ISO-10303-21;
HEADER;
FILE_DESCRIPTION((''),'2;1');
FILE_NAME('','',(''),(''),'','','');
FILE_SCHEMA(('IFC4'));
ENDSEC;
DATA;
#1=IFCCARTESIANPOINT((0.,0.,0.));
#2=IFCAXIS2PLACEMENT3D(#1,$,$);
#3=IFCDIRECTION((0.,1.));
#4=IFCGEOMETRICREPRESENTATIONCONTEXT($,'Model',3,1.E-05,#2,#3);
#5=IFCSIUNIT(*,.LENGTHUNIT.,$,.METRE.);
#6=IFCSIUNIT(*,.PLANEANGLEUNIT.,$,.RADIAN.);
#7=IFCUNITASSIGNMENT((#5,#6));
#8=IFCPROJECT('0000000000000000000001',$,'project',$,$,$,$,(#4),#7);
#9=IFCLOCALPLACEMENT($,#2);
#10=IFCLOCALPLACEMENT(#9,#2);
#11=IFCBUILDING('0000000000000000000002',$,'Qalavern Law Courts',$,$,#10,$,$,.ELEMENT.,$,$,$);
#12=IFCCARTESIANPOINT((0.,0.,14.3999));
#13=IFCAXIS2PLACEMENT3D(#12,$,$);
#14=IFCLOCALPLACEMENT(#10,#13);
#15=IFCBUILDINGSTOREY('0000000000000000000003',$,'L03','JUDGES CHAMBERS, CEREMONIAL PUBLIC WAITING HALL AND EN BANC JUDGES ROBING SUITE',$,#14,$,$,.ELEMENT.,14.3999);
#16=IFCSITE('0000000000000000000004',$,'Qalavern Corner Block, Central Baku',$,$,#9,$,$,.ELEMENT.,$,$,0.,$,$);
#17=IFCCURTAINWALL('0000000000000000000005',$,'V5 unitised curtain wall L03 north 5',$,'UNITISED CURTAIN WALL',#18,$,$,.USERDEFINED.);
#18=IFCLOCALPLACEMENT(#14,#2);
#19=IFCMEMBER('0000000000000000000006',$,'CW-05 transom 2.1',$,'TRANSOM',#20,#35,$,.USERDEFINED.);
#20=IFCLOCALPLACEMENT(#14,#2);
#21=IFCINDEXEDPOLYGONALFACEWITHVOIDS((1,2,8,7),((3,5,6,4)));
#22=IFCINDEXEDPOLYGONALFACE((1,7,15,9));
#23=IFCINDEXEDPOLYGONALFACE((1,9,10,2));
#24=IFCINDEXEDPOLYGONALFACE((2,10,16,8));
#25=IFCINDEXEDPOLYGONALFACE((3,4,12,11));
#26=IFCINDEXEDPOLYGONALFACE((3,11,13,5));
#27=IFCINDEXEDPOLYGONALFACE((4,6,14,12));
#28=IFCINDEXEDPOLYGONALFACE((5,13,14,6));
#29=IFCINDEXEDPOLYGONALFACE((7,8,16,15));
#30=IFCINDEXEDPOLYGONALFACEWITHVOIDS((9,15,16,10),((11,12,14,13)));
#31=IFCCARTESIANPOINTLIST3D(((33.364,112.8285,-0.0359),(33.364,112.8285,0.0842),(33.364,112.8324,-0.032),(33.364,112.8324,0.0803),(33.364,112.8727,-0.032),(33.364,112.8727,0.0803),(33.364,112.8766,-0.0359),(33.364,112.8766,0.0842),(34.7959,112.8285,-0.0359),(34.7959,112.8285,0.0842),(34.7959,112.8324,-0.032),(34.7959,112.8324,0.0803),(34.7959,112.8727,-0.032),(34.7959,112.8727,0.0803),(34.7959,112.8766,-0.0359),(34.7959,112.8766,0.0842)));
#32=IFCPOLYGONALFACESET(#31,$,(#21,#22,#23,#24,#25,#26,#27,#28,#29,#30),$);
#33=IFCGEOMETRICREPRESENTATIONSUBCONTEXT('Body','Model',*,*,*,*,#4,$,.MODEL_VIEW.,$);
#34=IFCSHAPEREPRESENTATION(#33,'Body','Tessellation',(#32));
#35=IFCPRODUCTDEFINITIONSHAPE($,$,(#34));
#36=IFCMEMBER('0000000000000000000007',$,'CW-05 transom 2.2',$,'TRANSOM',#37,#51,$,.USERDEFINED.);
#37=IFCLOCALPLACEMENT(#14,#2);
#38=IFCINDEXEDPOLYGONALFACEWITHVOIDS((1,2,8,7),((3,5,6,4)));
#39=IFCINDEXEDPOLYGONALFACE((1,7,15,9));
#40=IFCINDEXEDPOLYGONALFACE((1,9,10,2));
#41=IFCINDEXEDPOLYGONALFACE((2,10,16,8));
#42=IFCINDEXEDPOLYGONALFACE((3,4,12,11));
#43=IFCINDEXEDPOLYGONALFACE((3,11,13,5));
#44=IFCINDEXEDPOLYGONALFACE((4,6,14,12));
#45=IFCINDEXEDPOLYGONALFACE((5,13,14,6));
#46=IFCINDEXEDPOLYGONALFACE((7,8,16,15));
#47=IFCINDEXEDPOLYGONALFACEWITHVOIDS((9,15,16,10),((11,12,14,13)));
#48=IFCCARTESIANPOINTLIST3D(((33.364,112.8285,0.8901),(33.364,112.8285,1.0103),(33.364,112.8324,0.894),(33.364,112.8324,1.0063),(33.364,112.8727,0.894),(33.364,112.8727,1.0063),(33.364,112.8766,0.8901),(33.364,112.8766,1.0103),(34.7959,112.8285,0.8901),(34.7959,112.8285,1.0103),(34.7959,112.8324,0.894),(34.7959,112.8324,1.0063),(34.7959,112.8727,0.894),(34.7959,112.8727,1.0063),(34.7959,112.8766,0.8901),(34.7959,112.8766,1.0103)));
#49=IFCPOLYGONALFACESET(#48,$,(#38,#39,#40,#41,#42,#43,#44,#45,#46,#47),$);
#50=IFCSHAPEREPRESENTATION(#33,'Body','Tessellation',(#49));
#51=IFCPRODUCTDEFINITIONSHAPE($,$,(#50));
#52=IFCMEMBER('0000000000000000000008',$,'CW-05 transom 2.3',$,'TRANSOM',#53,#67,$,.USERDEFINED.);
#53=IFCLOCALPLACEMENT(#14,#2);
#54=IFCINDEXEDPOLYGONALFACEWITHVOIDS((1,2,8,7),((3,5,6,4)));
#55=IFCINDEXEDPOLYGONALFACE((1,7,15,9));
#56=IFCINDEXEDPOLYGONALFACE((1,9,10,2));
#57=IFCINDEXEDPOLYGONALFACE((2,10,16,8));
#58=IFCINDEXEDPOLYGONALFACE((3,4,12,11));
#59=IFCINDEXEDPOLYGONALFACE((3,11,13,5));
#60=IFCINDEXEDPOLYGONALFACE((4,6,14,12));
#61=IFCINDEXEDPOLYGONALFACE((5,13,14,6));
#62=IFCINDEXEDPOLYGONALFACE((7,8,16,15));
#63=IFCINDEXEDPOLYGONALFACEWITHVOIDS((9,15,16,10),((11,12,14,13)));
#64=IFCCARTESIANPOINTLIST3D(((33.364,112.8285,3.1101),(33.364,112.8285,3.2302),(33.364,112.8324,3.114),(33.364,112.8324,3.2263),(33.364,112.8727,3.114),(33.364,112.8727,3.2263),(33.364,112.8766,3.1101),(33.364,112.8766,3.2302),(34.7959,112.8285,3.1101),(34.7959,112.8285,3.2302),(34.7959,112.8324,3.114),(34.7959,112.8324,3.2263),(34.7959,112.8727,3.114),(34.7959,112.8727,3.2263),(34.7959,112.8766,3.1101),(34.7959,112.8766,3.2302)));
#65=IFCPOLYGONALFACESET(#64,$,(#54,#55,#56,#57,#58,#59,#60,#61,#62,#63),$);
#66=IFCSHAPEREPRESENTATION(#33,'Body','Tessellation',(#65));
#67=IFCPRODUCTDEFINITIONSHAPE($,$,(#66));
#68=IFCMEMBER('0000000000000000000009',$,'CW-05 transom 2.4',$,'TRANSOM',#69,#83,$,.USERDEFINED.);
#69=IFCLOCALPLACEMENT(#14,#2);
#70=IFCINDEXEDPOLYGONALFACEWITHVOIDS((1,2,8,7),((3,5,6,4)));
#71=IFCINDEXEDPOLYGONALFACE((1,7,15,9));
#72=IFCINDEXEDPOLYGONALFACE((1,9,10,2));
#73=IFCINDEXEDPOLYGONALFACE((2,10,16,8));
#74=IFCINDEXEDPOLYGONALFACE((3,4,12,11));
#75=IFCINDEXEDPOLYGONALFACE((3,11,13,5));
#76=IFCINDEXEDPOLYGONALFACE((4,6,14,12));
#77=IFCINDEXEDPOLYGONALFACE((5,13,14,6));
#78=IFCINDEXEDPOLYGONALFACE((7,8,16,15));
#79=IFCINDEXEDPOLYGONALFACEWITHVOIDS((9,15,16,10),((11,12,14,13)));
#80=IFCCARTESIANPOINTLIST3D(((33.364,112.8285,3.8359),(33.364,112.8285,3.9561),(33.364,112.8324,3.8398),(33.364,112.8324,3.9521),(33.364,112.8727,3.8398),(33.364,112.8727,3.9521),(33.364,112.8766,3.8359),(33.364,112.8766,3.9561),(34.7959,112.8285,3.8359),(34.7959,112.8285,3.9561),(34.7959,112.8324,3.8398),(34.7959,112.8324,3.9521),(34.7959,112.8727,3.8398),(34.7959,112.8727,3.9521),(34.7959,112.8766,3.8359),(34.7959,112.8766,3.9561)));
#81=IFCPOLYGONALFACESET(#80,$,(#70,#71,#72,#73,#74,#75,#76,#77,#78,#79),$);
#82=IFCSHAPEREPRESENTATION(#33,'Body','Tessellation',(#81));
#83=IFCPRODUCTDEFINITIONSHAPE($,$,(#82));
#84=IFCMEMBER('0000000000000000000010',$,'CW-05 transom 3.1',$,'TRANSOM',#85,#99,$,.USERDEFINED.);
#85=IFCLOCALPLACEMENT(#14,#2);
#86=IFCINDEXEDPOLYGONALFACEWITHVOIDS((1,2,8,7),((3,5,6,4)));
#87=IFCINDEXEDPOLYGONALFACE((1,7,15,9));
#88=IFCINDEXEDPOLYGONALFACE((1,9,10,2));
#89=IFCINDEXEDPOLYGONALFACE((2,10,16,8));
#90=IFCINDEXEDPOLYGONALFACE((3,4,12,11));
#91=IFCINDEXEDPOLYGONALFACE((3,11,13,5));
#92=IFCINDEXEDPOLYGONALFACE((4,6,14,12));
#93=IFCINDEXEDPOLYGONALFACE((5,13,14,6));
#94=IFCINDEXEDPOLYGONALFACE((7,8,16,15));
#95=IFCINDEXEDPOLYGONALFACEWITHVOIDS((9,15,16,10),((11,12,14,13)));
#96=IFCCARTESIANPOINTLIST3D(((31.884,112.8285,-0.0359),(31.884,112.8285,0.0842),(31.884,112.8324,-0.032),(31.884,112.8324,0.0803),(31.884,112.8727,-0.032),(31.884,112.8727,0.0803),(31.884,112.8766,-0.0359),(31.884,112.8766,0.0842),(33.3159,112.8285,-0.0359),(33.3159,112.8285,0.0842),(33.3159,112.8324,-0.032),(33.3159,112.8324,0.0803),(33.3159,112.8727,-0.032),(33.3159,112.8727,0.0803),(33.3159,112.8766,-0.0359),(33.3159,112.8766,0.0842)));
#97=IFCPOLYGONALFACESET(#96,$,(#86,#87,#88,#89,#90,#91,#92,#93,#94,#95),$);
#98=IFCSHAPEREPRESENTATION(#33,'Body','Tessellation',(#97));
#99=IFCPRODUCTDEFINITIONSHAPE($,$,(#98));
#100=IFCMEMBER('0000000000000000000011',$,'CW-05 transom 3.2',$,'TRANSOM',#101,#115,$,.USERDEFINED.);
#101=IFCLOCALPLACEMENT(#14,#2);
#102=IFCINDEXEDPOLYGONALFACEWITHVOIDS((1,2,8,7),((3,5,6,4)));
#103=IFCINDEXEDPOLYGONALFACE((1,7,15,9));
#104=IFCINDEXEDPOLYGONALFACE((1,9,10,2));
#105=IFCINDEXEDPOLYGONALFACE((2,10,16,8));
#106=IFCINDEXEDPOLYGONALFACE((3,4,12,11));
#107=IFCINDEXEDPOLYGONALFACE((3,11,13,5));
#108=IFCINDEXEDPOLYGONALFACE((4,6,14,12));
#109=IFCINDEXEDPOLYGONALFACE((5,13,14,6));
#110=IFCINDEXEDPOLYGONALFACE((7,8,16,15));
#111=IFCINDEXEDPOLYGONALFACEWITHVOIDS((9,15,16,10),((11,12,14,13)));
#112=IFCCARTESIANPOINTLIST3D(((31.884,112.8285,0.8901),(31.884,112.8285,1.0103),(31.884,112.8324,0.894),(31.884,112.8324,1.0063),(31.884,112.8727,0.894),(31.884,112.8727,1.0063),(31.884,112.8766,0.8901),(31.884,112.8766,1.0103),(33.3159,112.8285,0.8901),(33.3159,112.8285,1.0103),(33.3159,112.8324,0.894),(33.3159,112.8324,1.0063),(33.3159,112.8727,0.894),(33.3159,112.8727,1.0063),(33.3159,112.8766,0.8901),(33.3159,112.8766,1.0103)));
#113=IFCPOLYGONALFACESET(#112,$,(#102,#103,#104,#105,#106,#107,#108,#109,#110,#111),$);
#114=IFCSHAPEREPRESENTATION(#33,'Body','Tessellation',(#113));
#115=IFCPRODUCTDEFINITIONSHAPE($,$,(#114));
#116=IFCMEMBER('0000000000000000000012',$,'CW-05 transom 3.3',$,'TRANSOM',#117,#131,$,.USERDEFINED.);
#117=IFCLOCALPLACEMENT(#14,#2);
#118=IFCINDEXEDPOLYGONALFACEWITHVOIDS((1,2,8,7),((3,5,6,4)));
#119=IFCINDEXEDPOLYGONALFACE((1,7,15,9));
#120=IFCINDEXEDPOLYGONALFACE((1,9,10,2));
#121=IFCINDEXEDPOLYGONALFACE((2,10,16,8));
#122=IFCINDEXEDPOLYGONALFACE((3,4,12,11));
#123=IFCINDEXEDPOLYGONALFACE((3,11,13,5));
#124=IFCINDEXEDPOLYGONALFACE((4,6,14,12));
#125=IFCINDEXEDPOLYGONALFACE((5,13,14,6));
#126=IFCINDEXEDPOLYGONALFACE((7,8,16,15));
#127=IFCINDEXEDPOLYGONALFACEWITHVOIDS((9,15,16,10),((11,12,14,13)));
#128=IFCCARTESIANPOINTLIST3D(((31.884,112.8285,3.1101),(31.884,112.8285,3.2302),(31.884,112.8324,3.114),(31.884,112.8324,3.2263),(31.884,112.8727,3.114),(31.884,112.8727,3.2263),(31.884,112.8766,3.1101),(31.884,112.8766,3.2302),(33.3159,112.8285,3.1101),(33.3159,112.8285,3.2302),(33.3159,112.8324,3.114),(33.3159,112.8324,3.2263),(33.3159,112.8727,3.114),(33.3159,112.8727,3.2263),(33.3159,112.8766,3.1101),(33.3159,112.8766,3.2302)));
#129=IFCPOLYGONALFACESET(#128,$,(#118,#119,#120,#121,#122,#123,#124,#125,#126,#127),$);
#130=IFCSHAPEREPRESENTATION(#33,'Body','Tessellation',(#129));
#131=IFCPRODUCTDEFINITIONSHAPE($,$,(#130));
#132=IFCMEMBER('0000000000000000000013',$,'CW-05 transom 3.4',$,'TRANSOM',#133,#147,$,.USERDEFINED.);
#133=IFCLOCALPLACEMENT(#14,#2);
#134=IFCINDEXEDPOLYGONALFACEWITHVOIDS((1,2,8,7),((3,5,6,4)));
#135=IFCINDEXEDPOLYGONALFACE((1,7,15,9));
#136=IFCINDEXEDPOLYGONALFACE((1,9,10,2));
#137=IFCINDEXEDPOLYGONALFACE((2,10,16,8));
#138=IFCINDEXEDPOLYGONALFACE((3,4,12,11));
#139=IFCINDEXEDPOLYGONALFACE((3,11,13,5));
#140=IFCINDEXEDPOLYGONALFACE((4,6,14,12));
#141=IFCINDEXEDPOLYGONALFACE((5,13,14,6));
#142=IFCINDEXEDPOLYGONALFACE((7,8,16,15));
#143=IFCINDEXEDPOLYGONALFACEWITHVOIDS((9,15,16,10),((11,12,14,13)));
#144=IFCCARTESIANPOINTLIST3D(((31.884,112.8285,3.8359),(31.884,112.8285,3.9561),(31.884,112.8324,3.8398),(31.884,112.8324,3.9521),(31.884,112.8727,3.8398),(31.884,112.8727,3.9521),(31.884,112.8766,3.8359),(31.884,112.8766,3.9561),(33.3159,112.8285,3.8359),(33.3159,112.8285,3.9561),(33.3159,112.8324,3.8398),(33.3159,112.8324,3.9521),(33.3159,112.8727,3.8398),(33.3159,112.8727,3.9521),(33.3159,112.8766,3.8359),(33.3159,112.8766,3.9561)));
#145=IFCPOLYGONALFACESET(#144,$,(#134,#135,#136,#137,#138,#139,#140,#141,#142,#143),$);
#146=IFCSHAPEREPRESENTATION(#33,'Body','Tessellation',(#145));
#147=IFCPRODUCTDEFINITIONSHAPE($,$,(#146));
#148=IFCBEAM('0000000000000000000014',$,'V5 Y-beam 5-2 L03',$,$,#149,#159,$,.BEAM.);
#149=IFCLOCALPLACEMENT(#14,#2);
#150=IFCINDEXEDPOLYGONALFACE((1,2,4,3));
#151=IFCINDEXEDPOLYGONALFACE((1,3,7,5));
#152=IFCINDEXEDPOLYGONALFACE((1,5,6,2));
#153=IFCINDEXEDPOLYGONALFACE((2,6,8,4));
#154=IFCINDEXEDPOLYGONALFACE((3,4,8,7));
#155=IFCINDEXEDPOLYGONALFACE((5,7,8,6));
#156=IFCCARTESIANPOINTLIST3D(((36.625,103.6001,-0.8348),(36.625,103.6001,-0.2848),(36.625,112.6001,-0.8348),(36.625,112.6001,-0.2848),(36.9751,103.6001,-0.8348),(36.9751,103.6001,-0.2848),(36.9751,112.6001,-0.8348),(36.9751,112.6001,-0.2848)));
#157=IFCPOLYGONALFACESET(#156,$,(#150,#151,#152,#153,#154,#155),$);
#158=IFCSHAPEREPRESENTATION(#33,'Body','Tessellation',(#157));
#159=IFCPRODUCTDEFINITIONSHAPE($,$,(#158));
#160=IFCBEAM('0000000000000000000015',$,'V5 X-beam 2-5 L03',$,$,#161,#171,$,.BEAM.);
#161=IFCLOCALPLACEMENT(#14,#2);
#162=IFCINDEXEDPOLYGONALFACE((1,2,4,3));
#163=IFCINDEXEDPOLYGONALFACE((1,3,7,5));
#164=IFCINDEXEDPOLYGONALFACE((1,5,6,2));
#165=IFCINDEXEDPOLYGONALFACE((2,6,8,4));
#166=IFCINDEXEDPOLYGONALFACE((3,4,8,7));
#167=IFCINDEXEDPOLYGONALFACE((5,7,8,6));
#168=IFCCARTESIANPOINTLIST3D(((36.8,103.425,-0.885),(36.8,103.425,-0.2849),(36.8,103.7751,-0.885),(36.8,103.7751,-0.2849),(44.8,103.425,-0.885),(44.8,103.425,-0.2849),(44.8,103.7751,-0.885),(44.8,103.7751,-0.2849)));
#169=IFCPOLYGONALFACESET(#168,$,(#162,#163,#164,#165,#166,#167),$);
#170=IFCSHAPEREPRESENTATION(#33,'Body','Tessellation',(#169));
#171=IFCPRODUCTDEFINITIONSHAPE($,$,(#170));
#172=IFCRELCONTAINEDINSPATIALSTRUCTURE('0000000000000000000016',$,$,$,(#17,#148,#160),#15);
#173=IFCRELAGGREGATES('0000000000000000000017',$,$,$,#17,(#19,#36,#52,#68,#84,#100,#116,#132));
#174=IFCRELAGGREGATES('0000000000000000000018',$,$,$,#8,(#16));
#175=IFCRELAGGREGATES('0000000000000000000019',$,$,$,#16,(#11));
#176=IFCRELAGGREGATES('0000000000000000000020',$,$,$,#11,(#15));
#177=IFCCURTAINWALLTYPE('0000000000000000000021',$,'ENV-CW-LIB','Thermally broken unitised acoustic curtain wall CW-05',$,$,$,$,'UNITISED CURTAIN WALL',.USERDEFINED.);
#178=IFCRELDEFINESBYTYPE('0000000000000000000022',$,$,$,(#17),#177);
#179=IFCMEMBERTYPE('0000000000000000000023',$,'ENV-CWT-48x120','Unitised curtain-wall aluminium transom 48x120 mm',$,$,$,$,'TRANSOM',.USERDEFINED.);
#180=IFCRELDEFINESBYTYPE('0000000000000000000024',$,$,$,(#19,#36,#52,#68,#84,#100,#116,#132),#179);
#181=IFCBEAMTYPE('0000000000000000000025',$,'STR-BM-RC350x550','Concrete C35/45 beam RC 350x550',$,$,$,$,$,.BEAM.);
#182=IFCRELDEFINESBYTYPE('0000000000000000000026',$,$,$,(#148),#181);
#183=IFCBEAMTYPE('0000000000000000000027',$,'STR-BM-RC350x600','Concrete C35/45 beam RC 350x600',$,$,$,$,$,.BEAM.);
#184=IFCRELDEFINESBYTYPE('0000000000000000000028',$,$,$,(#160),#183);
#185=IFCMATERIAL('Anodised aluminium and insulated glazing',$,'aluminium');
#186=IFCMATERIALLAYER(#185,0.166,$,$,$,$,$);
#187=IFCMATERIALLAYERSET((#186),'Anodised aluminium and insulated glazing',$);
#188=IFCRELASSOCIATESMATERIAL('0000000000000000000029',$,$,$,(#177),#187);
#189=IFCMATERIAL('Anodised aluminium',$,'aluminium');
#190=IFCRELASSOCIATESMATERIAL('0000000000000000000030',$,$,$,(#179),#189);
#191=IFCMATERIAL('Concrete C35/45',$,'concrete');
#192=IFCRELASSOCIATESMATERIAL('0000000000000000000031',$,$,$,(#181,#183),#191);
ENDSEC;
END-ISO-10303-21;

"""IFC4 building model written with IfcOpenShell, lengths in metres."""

from ifc_helpers import new_model, si_unit, direction, frame, origin, origin_2d, place, context, subcontext, project, spatial, rectangle, hollow_rectangle, extrude, material, layer, layer_set, material_profile, profile_set, type_object, element, aggregate, save


model = new_model("IFC4")

# Units and contexts
model_context = context("Model", 3, precision=1e-05, world=origin(), true_north=direction((0.0, 1.0)))
body_context = subcontext(model_context, "Body", "Model", "MODEL_VIEW")
ifc_project = project(units=[si_unit("LENGTHUNIT", "METRE"), si_unit("PLANEANGLEUNIT", "RADIAN")], contexts=[model_context])

# Site, building, storey
site_placement = place(None, origin())
site = spatial("IfcSite", under=ifc_project, at=site_placement, Name="Qalavern Corner Block, Central Baku", CompositionType="ELEMENT", RefElevation=0.0)
building_placement = place(site_placement, origin())
building = spatial("IfcBuilding", under=site, at=building_placement, Name="Qalavern Law Courts", CompositionType="ELEMENT")
storey_placement = place(building_placement, frame((0.0, 0.0, 14.3999)))
storey = spatial("IfcBuildingStorey", under=building, at=storey_placement, Name="L03", Description="JUDGES CHAMBERS, CEREMONIAL PUBLIC WAITING HALL AND EN BANC JUDGES ROBING SUITE", CompositionType="ELEMENT", Elevation=14.3999)

# Shared definitions
ifc_material_1 = material(Name="Anodised aluminium and insulated glazing", Category="aluminium")
ifc_layer_1 = layer(ifc_material_1, 0.166)
ifc_layer_set_1 = layer_set([ifc_layer_1], Name="Anodised aluminium and insulated glazing")
curtain_wall_type = type_object("IfcCurtainWallType", Name="ENV-CW-LIB", Description="Thermally broken unitised acoustic curtain wall CW-05", ElementType="UNITISED CURTAIN WALL", PredefinedType="USERDEFINED", material=ifc_layer_set_1)
ifc_material_2 = material(Name="Anodised aluminium", Category="aluminium")

# Curtain wall
curtain_wall_1_placement = place(storey_placement, origin())
curtain_wall_1 = element("IfcCurtainWall", 1, at=curtain_wall_1_placement, inside=storey, type_object=curtain_wall_type, Name="V5 unitised curtain wall L03 north 5", ObjectType="UNITISED CURTAIN WALL", PredefinedType="USERDEFINED")

# Members
ifc_material_profile_1 = material_profile(ifc_material_2, hollow_rectangle(XDim=0.0481, YDim=0.1201, WallThickness=0.0039, at=origin_2d()), Name="ALU TRANSOM 48x120")
ifc_profile_set_1 = profile_set([ifc_material_profile_1], Name="Anodised aluminium")
member_type_1 = type_object("IfcMemberType", Name="ENV-CWT-48x120", Description="Unitised curtain-wall aluminium transom 48x120 mm", ElementType="TRANSOM", PredefinedType="USERDEFINED", material=ifc_profile_set_1)
member_1_placement = place(storey_placement, frame((34.7959, 112.8525, 0.0242), z_axis=(-1.0, 0.0, 0.0), x_axis=(0.0, -1.0, 0.0)))
member_1 = element("IfcMember", 2, at=member_1_placement, type_object=member_type_1, Name="CW-05 transom 2.1", ObjectType="TRANSOM", PredefinedType="USERDEFINED", context=body_context, shape_type="SweptSolid", body=[
    extrude(hollow_rectangle(XDim=0.0481, YDim=0.1201, WallThickness=0.0039, at=origin_2d()), origin(), (0.0, 0.0, 1.0), 1.4319),
])
member_2_placement = place(storey_placement, frame((34.7959, 112.8525, 0.9502), z_axis=(-1.0, 0.0, 0.0), x_axis=(0.0, -1.0, 0.0)))
member_2 = element("IfcMember", 3, at=member_2_placement, type_object=member_type_1, Name="CW-05 transom 2.2", ObjectType="TRANSOM", PredefinedType="USERDEFINED", context=body_context, shape_type="SweptSolid", body=[
    extrude(hollow_rectangle(XDim=0.0481, YDim=0.1201, WallThickness=0.0039, at=origin_2d()), origin(), (0.0, 0.0, 1.0), 1.4319),
])
member_3_placement = place(storey_placement, frame((34.7959, 112.8525, 3.1702), z_axis=(-1.0, 0.0, 0.0), x_axis=(0.0, -1.0, 0.0)))
member_3 = element("IfcMember", 4, at=member_3_placement, type_object=member_type_1, Name="CW-05 transom 2.3", ObjectType="TRANSOM", PredefinedType="USERDEFINED", context=body_context, shape_type="SweptSolid", body=[
    extrude(hollow_rectangle(XDim=0.0481, YDim=0.1201, WallThickness=0.0039, at=origin_2d()), origin(), (0.0, 0.0, 1.0), 1.4319),
])
member_4_placement = place(storey_placement, frame((34.7959, 112.8525, 3.896), z_axis=(-1.0, 0.0, 0.0), x_axis=(0.0, -1.0, 0.0)))
member_4 = element("IfcMember", 5, at=member_4_placement, type_object=member_type_1, Name="CW-05 transom 2.4", ObjectType="TRANSOM", PredefinedType="USERDEFINED", context=body_context, shape_type="SweptSolid", body=[
    extrude(hollow_rectangle(XDim=0.0481, YDim=0.1201, WallThickness=0.0039, at=origin_2d()), origin(), (0.0, 0.0, 1.0), 1.4319),
])
member_5_placement = place(storey_placement, frame((33.3159, 112.8525, 0.0242), z_axis=(-1.0, 0.0, 0.0), x_axis=(0.0, -1.0, 0.0)))
member_5 = element("IfcMember", 6, at=member_5_placement, type_object=member_type_1, Name="CW-05 transom 3.1", ObjectType="TRANSOM", PredefinedType="USERDEFINED", context=body_context, shape_type="SweptSolid", body=[
    extrude(hollow_rectangle(XDim=0.0481, YDim=0.1201, WallThickness=0.0039, at=origin_2d()), origin(), (0.0, 0.0, 1.0), 1.4319),
])
member_6_placement = place(storey_placement, frame((33.3159, 112.8525, 0.9502), z_axis=(-1.0, 0.0, 0.0), x_axis=(0.0, -1.0, 0.0)))
member_6 = element("IfcMember", 7, at=member_6_placement, type_object=member_type_1, Name="CW-05 transom 3.2", ObjectType="TRANSOM", PredefinedType="USERDEFINED", context=body_context, shape_type="SweptSolid", body=[
    extrude(hollow_rectangle(XDim=0.0481, YDim=0.1201, WallThickness=0.0039, at=origin_2d()), origin(), (0.0, 0.0, 1.0), 1.4319),
])
member_7_placement = place(storey_placement, frame((33.3159, 112.8525, 3.1702), z_axis=(-1.0, 0.0, 0.0), x_axis=(0.0, -1.0, 0.0)))
member_7 = element("IfcMember", 8, at=member_7_placement, type_object=member_type_1, Name="CW-05 transom 3.3", ObjectType="TRANSOM", PredefinedType="USERDEFINED", context=body_context, shape_type="SweptSolid", body=[
    extrude(hollow_rectangle(XDim=0.0481, YDim=0.1201, WallThickness=0.0039, at=origin_2d()), origin(), (0.0, 0.0, 1.0), 1.4319),
])
member_8_placement = place(storey_placement, frame((33.3159, 112.8525, 3.896), z_axis=(-1.0, 0.0, 0.0), x_axis=(0.0, -1.0, 0.0)))
member_8 = element("IfcMember", 9, at=member_8_placement, type_object=member_type_1, Name="CW-05 transom 3.4", ObjectType="TRANSOM", PredefinedType="USERDEFINED", context=body_context, shape_type="SweptSolid", body=[
    extrude(hollow_rectangle(XDim=0.0481, YDim=0.1201, WallThickness=0.0039, at=origin_2d()), origin(), (0.0, 0.0, 1.0), 1.4319),
])

# Beams
ifc_material_3 = material(Name="Concrete C35/45", Category="concrete")
ifc_material_profile_2 = material_profile(ifc_material_3, rectangle(XDim=0.3501, YDim=0.55, at=origin_2d()), Name="RC 350x550")
ifc_profile_set_2 = profile_set([ifc_material_profile_2], Name="Concrete C35/45")
beam_type_1 = type_object("IfcBeamType", Name="STR-BM-RC350x550", Description="Concrete C35/45 beam RC 350x550", PredefinedType="BEAM", material=ifc_profile_set_2)
beam_1_placement = place(storey_placement, frame((36.8, 103.6001, -0.5598), z_axis=(0.0, 1.0, 0.0), x_axis=(-1.0, 0.0, 0.0)))
element("IfcBeam", 10, at=beam_1_placement, inside=storey, type_object=beam_type_1, Name="V5 Y-beam 5-2 L03", PredefinedType="BEAM", context=body_context, shape_type="SweptSolid", body=[
    extrude(rectangle(XDim=0.3501, YDim=0.55, at=origin_2d()), origin(), (0.0, 0.0, 1.0), 9.0),
])
ifc_material_profile_3 = material_profile(ifc_material_3, rectangle(XDim=0.3501, YDim=0.6001, at=origin_2d()), Name="RC 350x600")
ifc_profile_set_3 = profile_set([ifc_material_profile_3], Name="Concrete C35/45")
beam_type_2 = type_object("IfcBeamType", Name="STR-BM-RC350x600", Description="Concrete C35/45 beam RC 350x600", PredefinedType="BEAM", material=ifc_profile_set_3)
beam_2_placement = place(storey_placement, frame((36.8, 103.6001, -0.585), z_axis=(1.0, 0.0, 0.0), x_axis=(0.0, 1.0, 0.0)))
element("IfcBeam", 11, at=beam_2_placement, inside=storey, type_object=beam_type_2, Name="V5 X-beam 2-5 L03", PredefinedType="BEAM", context=body_context, shape_type="SweptSolid", body=[
    extrude(rectangle(XDim=0.3501, YDim=0.6001, at=origin_2d()), origin(), (0.0, 0.0, 1.0), 8.0),
])

aggregate(curtain_wall_1, [member_1, member_2, member_3, member_4, member_5, member_6, member_7, member_8])

save(model, "model.ifc")
